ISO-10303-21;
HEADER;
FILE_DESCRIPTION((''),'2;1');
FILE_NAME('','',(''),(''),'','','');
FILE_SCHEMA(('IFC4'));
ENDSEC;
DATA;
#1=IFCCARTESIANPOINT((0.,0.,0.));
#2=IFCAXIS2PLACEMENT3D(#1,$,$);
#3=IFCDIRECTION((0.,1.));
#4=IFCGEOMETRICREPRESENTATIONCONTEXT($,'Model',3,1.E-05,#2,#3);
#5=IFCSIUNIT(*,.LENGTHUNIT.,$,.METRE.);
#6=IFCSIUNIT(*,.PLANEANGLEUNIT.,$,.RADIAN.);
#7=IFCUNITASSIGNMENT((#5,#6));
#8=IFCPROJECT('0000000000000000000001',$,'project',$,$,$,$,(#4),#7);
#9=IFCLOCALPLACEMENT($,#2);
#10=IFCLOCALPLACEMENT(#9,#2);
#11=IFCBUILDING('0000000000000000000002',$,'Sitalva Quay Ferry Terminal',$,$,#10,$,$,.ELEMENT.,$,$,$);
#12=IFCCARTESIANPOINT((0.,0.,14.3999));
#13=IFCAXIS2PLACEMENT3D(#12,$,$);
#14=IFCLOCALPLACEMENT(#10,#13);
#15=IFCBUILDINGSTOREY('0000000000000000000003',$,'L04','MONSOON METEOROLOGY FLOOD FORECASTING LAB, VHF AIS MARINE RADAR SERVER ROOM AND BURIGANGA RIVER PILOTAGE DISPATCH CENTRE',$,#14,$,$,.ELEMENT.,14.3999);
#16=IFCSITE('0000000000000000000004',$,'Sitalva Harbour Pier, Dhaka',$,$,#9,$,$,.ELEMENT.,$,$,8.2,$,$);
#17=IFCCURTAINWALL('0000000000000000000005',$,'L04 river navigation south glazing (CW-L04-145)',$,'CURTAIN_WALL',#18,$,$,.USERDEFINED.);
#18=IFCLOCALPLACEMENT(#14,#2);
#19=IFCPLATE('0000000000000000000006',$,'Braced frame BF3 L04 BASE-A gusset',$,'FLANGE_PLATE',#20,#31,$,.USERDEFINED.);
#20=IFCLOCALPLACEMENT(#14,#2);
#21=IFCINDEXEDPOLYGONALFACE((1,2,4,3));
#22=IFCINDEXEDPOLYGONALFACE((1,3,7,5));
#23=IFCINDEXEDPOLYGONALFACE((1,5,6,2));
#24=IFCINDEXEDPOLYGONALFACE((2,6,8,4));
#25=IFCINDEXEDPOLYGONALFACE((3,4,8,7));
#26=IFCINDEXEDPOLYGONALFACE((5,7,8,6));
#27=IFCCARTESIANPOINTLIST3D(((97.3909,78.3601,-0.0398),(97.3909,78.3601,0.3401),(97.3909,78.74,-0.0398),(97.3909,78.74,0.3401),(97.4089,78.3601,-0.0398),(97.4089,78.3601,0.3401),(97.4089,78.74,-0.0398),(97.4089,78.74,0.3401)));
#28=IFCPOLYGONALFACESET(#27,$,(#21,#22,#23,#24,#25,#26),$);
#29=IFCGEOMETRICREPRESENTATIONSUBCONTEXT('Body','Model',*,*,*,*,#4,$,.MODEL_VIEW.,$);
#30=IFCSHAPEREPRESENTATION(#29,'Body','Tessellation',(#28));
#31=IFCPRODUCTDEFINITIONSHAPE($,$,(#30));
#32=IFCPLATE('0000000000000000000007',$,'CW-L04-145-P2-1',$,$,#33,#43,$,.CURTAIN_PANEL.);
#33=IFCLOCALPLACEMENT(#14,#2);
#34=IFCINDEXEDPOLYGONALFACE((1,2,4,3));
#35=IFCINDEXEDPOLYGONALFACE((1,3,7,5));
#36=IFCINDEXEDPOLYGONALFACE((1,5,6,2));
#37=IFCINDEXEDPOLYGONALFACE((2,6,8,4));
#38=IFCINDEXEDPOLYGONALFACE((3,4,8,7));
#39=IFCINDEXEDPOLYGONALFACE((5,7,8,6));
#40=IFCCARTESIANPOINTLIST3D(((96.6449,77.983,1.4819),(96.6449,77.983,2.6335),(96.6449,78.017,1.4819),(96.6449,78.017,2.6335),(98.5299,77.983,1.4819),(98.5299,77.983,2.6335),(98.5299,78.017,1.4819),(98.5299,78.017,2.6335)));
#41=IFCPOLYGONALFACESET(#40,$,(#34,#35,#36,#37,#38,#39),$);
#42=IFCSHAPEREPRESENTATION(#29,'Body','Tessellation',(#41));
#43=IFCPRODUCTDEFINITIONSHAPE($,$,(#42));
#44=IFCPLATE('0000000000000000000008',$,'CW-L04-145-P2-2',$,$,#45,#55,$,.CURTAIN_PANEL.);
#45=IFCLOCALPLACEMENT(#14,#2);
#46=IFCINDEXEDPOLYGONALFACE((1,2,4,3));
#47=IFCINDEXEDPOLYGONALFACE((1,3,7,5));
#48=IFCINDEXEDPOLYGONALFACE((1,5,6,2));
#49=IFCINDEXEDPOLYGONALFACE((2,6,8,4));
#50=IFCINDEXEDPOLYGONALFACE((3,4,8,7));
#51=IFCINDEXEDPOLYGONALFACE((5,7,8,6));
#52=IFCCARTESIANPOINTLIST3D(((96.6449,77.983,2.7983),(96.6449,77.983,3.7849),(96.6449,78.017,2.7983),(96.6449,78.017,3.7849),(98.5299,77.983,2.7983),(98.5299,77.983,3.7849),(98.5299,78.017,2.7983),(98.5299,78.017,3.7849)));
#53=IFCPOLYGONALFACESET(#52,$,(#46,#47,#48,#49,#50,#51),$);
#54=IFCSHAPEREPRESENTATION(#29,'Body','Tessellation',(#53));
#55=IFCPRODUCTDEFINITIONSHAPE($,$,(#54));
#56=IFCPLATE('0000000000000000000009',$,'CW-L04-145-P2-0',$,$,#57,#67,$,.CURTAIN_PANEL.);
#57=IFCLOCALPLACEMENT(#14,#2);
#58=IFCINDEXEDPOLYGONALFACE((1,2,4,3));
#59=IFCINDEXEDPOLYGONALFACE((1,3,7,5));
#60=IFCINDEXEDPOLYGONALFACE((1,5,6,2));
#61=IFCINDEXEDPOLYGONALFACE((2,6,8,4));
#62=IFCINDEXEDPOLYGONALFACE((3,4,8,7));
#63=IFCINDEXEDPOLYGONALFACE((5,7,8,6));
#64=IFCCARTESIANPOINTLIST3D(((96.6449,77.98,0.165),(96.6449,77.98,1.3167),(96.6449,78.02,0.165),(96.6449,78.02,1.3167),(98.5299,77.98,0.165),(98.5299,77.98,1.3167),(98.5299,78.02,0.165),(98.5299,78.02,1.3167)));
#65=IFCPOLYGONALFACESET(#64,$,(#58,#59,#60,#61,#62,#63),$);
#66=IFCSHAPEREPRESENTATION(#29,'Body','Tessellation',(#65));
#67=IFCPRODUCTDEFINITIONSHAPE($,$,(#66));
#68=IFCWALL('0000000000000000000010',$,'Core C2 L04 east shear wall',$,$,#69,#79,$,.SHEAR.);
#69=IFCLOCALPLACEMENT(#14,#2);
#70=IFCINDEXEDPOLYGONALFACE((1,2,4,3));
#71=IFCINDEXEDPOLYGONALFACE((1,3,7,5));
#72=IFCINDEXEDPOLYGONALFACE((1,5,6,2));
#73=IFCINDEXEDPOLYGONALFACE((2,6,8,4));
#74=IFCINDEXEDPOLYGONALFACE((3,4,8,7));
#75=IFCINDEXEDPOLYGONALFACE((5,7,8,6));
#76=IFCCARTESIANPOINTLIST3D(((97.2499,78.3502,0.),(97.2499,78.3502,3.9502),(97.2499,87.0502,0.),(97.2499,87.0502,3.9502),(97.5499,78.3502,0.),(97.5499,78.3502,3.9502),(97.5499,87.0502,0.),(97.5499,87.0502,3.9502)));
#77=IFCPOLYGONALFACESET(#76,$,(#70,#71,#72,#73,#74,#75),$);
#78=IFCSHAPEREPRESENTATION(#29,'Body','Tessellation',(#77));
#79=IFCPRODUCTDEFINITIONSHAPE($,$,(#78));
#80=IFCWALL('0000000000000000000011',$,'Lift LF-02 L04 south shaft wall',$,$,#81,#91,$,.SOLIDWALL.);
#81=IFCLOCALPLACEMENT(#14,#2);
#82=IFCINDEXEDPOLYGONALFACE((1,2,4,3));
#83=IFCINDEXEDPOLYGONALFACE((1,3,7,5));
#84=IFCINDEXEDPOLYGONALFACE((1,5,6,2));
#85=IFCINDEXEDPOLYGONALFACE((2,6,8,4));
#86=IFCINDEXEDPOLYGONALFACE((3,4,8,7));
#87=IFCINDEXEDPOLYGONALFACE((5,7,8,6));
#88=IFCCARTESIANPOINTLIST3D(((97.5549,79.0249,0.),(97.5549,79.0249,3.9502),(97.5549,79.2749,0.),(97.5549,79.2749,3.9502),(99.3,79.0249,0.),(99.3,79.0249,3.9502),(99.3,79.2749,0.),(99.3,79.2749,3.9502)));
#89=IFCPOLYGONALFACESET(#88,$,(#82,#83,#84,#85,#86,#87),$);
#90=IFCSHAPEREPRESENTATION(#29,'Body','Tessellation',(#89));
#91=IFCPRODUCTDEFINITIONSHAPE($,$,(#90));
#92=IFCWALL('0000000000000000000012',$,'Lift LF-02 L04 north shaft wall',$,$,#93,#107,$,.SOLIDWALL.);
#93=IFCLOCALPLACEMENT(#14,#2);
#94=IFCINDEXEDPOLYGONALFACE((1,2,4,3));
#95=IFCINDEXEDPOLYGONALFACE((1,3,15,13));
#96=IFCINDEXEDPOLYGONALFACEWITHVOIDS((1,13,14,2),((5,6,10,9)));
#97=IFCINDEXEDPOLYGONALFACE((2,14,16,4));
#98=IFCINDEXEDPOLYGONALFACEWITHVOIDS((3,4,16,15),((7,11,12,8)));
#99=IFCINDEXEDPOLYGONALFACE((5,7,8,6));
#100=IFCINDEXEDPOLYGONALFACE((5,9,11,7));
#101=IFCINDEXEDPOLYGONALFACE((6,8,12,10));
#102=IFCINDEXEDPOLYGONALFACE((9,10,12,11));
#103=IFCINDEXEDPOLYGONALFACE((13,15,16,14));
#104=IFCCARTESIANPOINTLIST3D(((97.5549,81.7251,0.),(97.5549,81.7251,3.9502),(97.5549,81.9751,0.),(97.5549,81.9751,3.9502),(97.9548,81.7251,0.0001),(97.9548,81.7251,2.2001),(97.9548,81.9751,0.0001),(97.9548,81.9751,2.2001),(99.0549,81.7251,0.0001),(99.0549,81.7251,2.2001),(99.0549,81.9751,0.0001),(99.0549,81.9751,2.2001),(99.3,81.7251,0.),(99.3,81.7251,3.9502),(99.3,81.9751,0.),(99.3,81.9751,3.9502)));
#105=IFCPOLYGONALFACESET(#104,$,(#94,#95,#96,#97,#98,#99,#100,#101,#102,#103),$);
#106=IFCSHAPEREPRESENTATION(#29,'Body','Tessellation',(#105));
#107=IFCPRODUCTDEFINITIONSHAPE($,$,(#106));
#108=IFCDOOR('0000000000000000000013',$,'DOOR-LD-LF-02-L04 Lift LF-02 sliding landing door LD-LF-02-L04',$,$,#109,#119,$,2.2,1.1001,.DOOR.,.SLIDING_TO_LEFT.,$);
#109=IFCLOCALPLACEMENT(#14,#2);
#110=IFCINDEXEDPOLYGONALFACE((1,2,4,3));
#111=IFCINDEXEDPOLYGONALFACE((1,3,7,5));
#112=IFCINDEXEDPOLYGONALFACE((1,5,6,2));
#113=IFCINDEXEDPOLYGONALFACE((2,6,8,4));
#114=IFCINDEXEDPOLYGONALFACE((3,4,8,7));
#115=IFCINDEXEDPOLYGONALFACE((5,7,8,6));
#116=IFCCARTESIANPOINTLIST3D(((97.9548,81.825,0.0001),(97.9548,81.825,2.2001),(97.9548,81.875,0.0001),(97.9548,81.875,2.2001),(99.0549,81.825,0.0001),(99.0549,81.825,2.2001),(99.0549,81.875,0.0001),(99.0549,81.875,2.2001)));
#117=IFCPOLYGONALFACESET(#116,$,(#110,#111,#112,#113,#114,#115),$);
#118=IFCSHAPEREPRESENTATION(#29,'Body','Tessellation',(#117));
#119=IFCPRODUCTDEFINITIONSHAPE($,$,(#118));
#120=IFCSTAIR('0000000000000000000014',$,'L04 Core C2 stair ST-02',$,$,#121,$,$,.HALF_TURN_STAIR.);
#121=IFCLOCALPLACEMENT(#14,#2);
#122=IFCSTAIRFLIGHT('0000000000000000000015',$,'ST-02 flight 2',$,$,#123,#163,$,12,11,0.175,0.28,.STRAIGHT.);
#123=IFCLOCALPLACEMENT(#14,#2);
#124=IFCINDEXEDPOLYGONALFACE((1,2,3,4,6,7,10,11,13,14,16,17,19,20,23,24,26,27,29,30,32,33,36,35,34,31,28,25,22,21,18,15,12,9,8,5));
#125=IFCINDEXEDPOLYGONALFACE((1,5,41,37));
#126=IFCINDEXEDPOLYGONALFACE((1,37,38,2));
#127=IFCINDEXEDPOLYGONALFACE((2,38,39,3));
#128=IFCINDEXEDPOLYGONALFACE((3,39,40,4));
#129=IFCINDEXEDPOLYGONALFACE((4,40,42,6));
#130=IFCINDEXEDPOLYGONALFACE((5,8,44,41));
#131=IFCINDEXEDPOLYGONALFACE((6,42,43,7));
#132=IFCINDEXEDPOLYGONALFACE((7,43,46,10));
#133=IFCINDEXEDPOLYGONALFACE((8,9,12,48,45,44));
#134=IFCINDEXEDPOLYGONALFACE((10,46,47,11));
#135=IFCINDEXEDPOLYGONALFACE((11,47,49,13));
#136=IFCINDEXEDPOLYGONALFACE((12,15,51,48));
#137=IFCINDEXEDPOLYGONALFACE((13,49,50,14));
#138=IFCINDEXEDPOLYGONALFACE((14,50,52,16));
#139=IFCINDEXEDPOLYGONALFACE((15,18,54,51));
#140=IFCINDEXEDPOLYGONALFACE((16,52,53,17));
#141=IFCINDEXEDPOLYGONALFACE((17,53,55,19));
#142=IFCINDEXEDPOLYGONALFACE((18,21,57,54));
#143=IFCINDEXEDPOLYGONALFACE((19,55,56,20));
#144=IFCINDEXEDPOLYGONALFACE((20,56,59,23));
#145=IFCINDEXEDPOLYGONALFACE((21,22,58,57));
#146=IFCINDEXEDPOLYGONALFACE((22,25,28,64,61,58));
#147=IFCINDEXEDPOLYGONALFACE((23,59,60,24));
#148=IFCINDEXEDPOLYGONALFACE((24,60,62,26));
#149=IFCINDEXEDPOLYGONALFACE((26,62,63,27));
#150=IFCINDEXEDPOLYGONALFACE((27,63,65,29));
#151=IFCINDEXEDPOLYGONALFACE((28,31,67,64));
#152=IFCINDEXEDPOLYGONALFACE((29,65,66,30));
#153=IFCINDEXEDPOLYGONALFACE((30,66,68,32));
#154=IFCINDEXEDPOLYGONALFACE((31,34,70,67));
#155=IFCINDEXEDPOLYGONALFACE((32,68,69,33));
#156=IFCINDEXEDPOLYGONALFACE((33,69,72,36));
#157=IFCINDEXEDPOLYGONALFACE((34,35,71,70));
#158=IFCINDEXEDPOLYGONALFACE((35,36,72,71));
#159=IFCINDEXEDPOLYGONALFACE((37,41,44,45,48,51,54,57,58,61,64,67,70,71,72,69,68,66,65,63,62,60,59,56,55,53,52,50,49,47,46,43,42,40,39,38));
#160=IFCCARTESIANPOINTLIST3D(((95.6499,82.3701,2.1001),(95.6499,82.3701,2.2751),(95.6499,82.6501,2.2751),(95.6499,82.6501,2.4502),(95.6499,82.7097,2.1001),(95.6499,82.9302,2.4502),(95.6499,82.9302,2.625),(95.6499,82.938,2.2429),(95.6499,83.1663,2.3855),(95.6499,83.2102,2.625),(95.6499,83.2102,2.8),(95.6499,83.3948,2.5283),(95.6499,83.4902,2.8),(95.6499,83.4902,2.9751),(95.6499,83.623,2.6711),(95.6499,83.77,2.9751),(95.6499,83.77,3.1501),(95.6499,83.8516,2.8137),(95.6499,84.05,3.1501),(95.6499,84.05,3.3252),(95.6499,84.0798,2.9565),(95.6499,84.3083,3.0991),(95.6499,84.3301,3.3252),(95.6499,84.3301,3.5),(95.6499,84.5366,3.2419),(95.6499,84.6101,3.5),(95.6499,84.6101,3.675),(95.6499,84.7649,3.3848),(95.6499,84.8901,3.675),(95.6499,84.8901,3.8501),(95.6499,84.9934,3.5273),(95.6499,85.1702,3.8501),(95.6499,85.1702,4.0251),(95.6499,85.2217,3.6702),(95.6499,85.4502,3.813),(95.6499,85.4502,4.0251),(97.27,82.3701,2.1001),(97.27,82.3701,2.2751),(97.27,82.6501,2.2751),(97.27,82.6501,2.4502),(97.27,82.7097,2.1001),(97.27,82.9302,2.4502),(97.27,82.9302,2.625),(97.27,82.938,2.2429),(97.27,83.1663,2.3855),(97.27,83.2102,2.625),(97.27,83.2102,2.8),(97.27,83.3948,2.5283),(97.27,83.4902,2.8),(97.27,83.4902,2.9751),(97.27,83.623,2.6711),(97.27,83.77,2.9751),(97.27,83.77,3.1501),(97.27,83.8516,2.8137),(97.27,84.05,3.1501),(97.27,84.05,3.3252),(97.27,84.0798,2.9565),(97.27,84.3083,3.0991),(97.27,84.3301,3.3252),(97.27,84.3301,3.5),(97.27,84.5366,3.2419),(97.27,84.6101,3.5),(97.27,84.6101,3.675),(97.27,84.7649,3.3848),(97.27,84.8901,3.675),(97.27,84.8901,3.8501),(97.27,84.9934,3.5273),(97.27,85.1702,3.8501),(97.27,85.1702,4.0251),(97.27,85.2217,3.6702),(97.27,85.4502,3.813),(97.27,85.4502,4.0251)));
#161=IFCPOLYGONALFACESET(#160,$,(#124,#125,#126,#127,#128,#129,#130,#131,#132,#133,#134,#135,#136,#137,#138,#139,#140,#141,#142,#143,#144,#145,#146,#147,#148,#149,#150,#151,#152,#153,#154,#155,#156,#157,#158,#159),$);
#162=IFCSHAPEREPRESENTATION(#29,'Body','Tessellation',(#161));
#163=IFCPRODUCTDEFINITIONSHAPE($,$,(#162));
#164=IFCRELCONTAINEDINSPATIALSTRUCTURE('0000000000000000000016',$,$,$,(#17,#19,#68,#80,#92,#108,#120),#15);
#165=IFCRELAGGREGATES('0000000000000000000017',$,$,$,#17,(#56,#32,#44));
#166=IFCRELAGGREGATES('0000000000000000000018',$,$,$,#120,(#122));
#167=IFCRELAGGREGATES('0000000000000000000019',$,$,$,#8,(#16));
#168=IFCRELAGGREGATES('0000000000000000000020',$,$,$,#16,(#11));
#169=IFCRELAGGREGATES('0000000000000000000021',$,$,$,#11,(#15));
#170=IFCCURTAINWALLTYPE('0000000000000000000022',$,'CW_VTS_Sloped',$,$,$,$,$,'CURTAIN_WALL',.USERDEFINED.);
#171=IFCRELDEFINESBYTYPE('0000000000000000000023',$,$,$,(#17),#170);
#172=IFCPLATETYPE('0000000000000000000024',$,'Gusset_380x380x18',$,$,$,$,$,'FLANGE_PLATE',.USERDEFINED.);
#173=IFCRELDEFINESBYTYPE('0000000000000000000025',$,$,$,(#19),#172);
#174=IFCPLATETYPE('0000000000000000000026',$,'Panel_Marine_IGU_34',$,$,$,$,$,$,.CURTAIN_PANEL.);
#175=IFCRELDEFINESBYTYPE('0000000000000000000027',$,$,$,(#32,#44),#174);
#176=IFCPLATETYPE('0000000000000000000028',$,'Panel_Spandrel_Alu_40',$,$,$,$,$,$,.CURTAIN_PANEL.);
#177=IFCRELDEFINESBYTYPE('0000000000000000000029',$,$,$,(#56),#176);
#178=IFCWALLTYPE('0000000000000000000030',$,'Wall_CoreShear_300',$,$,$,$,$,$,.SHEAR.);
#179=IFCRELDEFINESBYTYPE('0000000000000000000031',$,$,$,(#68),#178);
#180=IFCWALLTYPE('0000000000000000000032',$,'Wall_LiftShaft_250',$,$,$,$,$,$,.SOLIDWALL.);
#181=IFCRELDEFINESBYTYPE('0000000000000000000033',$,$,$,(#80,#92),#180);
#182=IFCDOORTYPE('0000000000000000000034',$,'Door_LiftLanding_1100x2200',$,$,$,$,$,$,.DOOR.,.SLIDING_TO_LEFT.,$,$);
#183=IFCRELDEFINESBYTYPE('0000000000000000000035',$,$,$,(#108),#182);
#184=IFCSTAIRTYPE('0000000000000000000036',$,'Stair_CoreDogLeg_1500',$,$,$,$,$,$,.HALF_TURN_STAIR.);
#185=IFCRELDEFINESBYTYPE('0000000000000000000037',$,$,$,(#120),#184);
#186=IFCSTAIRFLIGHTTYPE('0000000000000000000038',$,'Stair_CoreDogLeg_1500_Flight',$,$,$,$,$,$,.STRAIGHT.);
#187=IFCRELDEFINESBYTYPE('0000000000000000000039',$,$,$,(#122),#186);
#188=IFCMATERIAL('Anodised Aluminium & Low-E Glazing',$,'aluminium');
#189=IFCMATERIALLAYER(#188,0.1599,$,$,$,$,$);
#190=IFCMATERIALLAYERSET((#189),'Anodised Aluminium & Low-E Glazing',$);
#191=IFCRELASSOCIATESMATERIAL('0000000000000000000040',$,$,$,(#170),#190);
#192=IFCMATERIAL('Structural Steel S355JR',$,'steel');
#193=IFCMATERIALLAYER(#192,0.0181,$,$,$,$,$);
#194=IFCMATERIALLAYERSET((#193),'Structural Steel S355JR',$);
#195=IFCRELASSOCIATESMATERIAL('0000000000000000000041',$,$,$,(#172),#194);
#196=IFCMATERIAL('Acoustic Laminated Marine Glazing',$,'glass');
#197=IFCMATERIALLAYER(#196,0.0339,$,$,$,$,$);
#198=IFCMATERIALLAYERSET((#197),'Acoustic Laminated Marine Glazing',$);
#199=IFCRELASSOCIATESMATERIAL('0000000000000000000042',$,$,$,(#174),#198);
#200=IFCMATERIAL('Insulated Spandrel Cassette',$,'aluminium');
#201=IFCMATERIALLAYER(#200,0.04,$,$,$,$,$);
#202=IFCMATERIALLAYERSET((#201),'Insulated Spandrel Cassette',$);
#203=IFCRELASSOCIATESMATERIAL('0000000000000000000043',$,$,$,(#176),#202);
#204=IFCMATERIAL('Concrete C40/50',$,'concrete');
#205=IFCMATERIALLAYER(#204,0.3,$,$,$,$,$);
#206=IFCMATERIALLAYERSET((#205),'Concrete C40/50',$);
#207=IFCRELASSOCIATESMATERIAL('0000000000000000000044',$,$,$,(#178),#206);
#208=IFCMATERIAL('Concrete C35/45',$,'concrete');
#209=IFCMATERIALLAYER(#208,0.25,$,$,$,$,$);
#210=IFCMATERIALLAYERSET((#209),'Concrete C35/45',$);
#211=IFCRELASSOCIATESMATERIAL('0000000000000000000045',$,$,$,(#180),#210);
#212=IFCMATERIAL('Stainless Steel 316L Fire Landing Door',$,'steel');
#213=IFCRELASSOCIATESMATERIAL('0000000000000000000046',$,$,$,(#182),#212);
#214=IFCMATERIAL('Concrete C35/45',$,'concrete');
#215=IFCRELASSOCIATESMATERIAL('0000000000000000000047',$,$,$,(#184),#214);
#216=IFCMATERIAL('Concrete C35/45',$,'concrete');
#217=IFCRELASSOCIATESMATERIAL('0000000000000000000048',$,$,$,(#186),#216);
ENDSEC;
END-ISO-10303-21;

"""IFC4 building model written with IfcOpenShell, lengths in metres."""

from ifc_helpers import new_model, si_unit, direction, frame, frame_2d, origin, origin_2d, place, context, subcontext, project, spatial, polyline, rectangle, outline, extrude, material, layer, layer_set, type_object, element, fill, aggregate, save


model = new_model("IFC4")

# Units and contexts
model_context = context("Model", 3, precision=1e-05, world=origin(), true_north=direction((0.0, 1.0)))
body_context = subcontext(model_context, "Body", "Model", "MODEL_VIEW")
ifc_project = project(units=[si_unit("LENGTHUNIT", "METRE"), si_unit("PLANEANGLEUNIT", "RADIAN")], contexts=[model_context])

# Site, building, storey
site_placement = place(None, origin())
site = spatial("IfcSite", under=ifc_project, at=site_placement, Name="Sitalva Harbour Pier, Dhaka", CompositionType="ELEMENT", RefElevation=8.2)
building_placement = place(site_placement, origin())
building = spatial("IfcBuilding", under=site, at=building_placement, Name="Sitalva Quay Ferry Terminal", CompositionType="ELEMENT")
storey_placement = place(building_placement, frame((0.0, 0.0, 14.3999)))
storey = spatial("IfcBuildingStorey", under=building, at=storey_placement, Name="L04", Description="MONSOON METEOROLOGY FLOOD FORECASTING LAB, VHF AIS MARINE RADAR SERVER ROOM AND BURIGANGA RIVER PILOTAGE DISPATCH CENTRE", CompositionType="ELEMENT", Elevation=14.3999)

# Curtain wall
ifc_material_1 = material(Name="Anodised Aluminium & Low-E Glazing", Category="aluminium")
ifc_layer_1 = layer(ifc_material_1, 0.1599)
ifc_layer_set_1 = layer_set([ifc_layer_1], Name="Anodised Aluminium & Low-E Glazing")
curtain_wall_type = type_object("IfcCurtainWallType", Name="CW_VTS_Sloped", ElementType="CURTAIN_WALL", PredefinedType="USERDEFINED", material=ifc_layer_set_1)
curtain_wall_placement = place(storey_placement, origin())
curtain_wall = element("IfcCurtainWall", 1, at=curtain_wall_placement, inside=storey, type_object=curtain_wall_type, Name="L04 river navigation south glazing (CW-L04-145)", ObjectType="CURTAIN_WALL", PredefinedType="USERDEFINED")

# Plates
ifc_material_2 = material(Name="Structural Steel S355JR", Category="steel")
ifc_layer_2 = layer(ifc_material_2, 0.0181)
ifc_layer_set_2 = layer_set([ifc_layer_2], Name="Structural Steel S355JR")
plate_type_1 = type_object("IfcPlateType", Name="Gusset_380x380x18", ElementType="FLANGE_PLATE", PredefinedType="USERDEFINED", material=ifc_layer_set_2)
plate_1_placement = place(storey_placement, frame((97.3999, 78.55, -0.0398), z_axis=(0.0, 0.0, 1.0), x_axis=(1.0, 0.0, 0.0)))
element("IfcPlate", 2, at=plate_1_placement, inside=storey, type_object=plate_type_1, Name="Braced frame BF3 L04 BASE-A gusset", ObjectType="FLANGE_PLATE", PredefinedType="USERDEFINED", context=body_context, shape_type="SweptSolid", body=[
    extrude(rectangle(XDim=0.0181, YDim=0.3799, at=origin_2d()), origin(), (0.0, 0.0, 1.0), 0.3799),
])
ifc_material_3 = material(Name="Acoustic Laminated Marine Glazing", Category="glass")
ifc_layer_3 = layer(ifc_material_3, 0.0339)
ifc_layer_set_3 = layer_set([ifc_layer_3], Name="Acoustic Laminated Marine Glazing")
plate_type_2 = type_object("IfcPlateType", Name="Panel_Marine_IGU_34", PredefinedType="CURTAIN_PANEL", material=ifc_layer_set_3)
plate_2_placement = place(storey_placement, frame((97.5874, 78.0, 1.4819), z_axis=(0.0, 0.0, 1.0), x_axis=(1.0, 0.0, 0.0)))
plate_2 = element("IfcPlate", 3, at=plate_2_placement, type_object=plate_type_2, Name="CW-L04-145-P2-1", PredefinedType="CURTAIN_PANEL", context=body_context, shape_type="SweptSolid", body=[
    extrude(rectangle(XDim=1.885, YDim=0.0339, at=origin_2d()), origin(), (0.0, 0.0, 1.0), 1.1516),
])
plate_3_placement = place(storey_placement, frame((97.5874, 78.0, 2.7983), z_axis=(0.0, 0.0, 1.0), x_axis=(1.0, 0.0, 0.0)))
plate_3 = element("IfcPlate", 4, at=plate_3_placement, type_object=plate_type_2, Name="CW-L04-145-P2-2", PredefinedType="CURTAIN_PANEL", context=body_context, shape_type="SweptSolid", body=[
    extrude(rectangle(XDim=1.885, YDim=0.0339, at=origin_2d()), origin(), (0.0, 0.0, 1.0), 0.9866),
])
ifc_material_4 = material(Name="Insulated Spandrel Cassette", Category="aluminium")
ifc_layer_4 = layer(ifc_material_4, 0.04)
ifc_layer_set_4 = layer_set([ifc_layer_4], Name="Insulated Spandrel Cassette")
plate_type_3 = type_object("IfcPlateType", Name="Panel_Spandrel_Alu_40", PredefinedType="CURTAIN_PANEL", material=ifc_layer_set_4)
plate_4_placement = place(storey_placement, frame((97.5874, 78.0, 0.165), z_axis=(0.0, 0.0, 1.0), x_axis=(1.0, 0.0, 0.0)))
plate_4 = element("IfcPlate", 5, at=plate_4_placement, type_object=plate_type_3, Name="CW-L04-145-P2-0", PredefinedType="CURTAIN_PANEL", context=body_context, shape_type="SweptSolid", body=[
    extrude(rectangle(XDim=1.885, YDim=0.04, at=origin_2d()), origin(), (0.0, 0.0, 1.0), 1.1516),
])
aggregate(curtain_wall, [plate_4, plate_2, plate_3])

# Walls
ifc_material_5 = material(Name="Concrete C40/50", Category="concrete")
ifc_layer_5 = layer(ifc_material_5, 0.3)
ifc_layer_set_5 = layer_set([ifc_layer_5], Name="Concrete C40/50")
wall_type_1 = type_object("IfcWallType", Name="Wall_CoreShear_300", PredefinedType="SHEAR", material=ifc_layer_set_5)
wall_1_placement = place(storey_placement, frame((97.3999, 78.3501, 0.0), z_axis=(0.0, 0.0, 1.0), x_axis=(0.0, 1.0, 0.0)))
element("IfcWall", 6, at=wall_1_placement, inside=storey, type_object=wall_type_1, Name="Core C2 L04 east shear wall", PredefinedType="SHEAR", context=body_context, shape_type="SweptSolid", body=[
    extrude(rectangle(XDim=8.7, YDim=0.3, at=frame_2d((4.3501, 0.0))), origin(), (0.0, 0.0, 1.0), 3.9502),
])
ifc_material_6 = material(Name="Concrete C35/45", Category="concrete")
ifc_layer_6 = layer(ifc_material_6, 0.25)
ifc_layer_set_6 = layer_set([ifc_layer_6], Name="Concrete C35/45")
wall_type_2 = type_object("IfcWallType", Name="Wall_LiftShaft_250", PredefinedType="SOLIDWALL", material=ifc_layer_set_6)
wall_2_placement = place(storey_placement, frame((97.5549, 79.1499, 0.0), z_axis=(0.0, 0.0, 1.0), x_axis=(1.0, 0.0, 0.0)))
element("IfcWall", 7, at=wall_2_placement, inside=storey, type_object=wall_type_2, Name="Lift LF-02 L04 south shaft wall", PredefinedType="SOLIDWALL", context=body_context, shape_type="SweptSolid", body=[
    extrude(rectangle(XDim=1.7451, YDim=0.25, at=frame_2d((0.8726, 0.0))), origin(), (0.0, 0.0, 1.0), 3.9502),
])

# Wall, opening, door
wall_3_placement = place(storey_placement, frame((97.5549, 81.8501, 0.0), z_axis=(0.0, 0.0, 1.0), x_axis=(1.0, 0.0, 0.0)))
wall_3 = element("IfcWall", 8, at=wall_3_placement, inside=storey, type_object=wall_type_2, Name="Lift LF-02 L04 north shaft wall", PredefinedType="SOLIDWALL", context=body_context, shape_type="SweptSolid", body=[
    extrude(rectangle(XDim=1.7451, YDim=0.25, at=frame_2d((0.8726, 0.0))), origin(), (0.0, 0.0, 1.0), 3.9502),
])
opening_placement = place(wall_3_placement, frame((0.3999, 0.0, 0.0)))
opening = element("IfcOpeningElement", 9, at=opening_placement, cuts=wall_3, PredefinedType="OPENING", context=body_context, shape_type="SweptSolid", body=[
    extrude(rectangle(XDim=1.1001, YDim=2.2, at=frame_2d((0.55, 1.1001))), frame((0.0, 0.135, 0.0), z_axis=(0.0, -1.0, 0.0), x_axis=(1.0, 0.0, 0.0)), (0.0, 0.0, 1.0), 0.27),
])
ifc_material_7 = material(Name="Stainless Steel 316L Fire Landing Door", Category="steel")
door_type = type_object("IfcDoorType", Name="Door_LiftLanding_1100x2200", OperationType="SLIDING_TO_LEFT", PredefinedType="DOOR", material=ifc_material_7)
door_placement = place(opening_placement, origin())
door = element("IfcDoor", 10, at=door_placement, inside=storey, type_object=door_type, Name="DOOR-LD-LF-02-L04 Lift LF-02 sliding landing door LD-LF-02-L04", OperationType="SLIDING_TO_LEFT", OverallHeight=2.2, OverallWidth=1.1001, PredefinedType="DOOR", context=body_context, shape_type="SweptSolid", body=[
    extrude(rectangle(XDim=1.1001, YDim=2.2, at=frame_2d((0.55, 1.1001))), frame((0.0, 0.0249, 0.0), z_axis=(0.0, -1.0, 0.0), x_axis=(1.0, 0.0, 0.0)), (0.0, 0.0, 1.0), 0.05),
])
fill(opening, door)

# Stair, stair flight
ifc_material_8 = material(Name="Concrete C35/45", Category="concrete")
stair_type = type_object("IfcStairType", Name="Stair_CoreDogLeg_1500", PredefinedType="HALF_TURN_STAIR", material=ifc_material_8)
stair_placement = place(storey_placement, origin())
stair = element("IfcStair", 11, at=stair_placement, inside=storey, type_object=stair_type, Name="L04 Core C2 stair ST-02", PredefinedType="HALF_TURN_STAIR")
ifc_material_9 = material(Name="Concrete C35/45", Category="concrete")
stair_flight_type = type_object("IfcStairFlightType", Name="Stair_CoreDogLeg_1500_Flight", PredefinedType="STRAIGHT", material=ifc_material_9)
stair_flight_placement = place(storey_placement, frame((96.46, 82.3701, 2.1001), z_axis=(0.0, 0.0, 1.0), x_axis=(0.0, 1.0, 0.0)))
stair_flight = element("IfcStairFlight", 12, at=stair_flight_placement, type_object=stair_flight_type, Name="ST-02 flight 2", NumberOfRisers=12, NumberOfTreads=11, PredefinedType="STRAIGHT", RiserHeight=0.175, TreadLength=0.28, context=body_context, shape_type="SweptSolid", body=[
    extrude(outline(polyline([(0.0, 0.0), (0.0, 0.175), (0.28, 0.175), (0.28, 0.3501), (0.5601, 0.3501), (0.5601, 0.5249), (0.8401, 0.5249), (0.8401, 0.7), (1.1201, 0.7), (1.1201, 0.875), (1.3999, 0.875), (1.3999, 1.05), (1.6799, 1.05), (1.6799, 1.2251), (1.96, 1.2251), (1.96, 1.3999), (2.24, 1.3999), (2.24, 1.575), (2.52, 1.575), (2.52, 1.75), (2.8, 1.75), (2.8, 1.925), (3.0801, 1.925), (3.0801, 2.1001), (3.0801, 1.7129), (2.8516, 1.5701), (2.6233, 1.4272), (2.3948, 1.2847), (2.1665, 1.1418), (1.9382, 0.999), (1.7097, 0.8564), (1.4814, 0.7136), (1.2529, 0.571), (1.0247, 0.4282), (0.7961, 0.2854), (0.5679, 0.1428), (0.3396, 0.0), (0.0, 0.0)])), frame((0.0, 0.8101, 0.0), z_axis=(0.0, -1.0, 0.0), x_axis=(1.0, 0.0, 0.0)), (0.0, 0.0, 1.0), 1.6201),
])
aggregate(stair, [stair_flight])

save(model, "model.ifc")
